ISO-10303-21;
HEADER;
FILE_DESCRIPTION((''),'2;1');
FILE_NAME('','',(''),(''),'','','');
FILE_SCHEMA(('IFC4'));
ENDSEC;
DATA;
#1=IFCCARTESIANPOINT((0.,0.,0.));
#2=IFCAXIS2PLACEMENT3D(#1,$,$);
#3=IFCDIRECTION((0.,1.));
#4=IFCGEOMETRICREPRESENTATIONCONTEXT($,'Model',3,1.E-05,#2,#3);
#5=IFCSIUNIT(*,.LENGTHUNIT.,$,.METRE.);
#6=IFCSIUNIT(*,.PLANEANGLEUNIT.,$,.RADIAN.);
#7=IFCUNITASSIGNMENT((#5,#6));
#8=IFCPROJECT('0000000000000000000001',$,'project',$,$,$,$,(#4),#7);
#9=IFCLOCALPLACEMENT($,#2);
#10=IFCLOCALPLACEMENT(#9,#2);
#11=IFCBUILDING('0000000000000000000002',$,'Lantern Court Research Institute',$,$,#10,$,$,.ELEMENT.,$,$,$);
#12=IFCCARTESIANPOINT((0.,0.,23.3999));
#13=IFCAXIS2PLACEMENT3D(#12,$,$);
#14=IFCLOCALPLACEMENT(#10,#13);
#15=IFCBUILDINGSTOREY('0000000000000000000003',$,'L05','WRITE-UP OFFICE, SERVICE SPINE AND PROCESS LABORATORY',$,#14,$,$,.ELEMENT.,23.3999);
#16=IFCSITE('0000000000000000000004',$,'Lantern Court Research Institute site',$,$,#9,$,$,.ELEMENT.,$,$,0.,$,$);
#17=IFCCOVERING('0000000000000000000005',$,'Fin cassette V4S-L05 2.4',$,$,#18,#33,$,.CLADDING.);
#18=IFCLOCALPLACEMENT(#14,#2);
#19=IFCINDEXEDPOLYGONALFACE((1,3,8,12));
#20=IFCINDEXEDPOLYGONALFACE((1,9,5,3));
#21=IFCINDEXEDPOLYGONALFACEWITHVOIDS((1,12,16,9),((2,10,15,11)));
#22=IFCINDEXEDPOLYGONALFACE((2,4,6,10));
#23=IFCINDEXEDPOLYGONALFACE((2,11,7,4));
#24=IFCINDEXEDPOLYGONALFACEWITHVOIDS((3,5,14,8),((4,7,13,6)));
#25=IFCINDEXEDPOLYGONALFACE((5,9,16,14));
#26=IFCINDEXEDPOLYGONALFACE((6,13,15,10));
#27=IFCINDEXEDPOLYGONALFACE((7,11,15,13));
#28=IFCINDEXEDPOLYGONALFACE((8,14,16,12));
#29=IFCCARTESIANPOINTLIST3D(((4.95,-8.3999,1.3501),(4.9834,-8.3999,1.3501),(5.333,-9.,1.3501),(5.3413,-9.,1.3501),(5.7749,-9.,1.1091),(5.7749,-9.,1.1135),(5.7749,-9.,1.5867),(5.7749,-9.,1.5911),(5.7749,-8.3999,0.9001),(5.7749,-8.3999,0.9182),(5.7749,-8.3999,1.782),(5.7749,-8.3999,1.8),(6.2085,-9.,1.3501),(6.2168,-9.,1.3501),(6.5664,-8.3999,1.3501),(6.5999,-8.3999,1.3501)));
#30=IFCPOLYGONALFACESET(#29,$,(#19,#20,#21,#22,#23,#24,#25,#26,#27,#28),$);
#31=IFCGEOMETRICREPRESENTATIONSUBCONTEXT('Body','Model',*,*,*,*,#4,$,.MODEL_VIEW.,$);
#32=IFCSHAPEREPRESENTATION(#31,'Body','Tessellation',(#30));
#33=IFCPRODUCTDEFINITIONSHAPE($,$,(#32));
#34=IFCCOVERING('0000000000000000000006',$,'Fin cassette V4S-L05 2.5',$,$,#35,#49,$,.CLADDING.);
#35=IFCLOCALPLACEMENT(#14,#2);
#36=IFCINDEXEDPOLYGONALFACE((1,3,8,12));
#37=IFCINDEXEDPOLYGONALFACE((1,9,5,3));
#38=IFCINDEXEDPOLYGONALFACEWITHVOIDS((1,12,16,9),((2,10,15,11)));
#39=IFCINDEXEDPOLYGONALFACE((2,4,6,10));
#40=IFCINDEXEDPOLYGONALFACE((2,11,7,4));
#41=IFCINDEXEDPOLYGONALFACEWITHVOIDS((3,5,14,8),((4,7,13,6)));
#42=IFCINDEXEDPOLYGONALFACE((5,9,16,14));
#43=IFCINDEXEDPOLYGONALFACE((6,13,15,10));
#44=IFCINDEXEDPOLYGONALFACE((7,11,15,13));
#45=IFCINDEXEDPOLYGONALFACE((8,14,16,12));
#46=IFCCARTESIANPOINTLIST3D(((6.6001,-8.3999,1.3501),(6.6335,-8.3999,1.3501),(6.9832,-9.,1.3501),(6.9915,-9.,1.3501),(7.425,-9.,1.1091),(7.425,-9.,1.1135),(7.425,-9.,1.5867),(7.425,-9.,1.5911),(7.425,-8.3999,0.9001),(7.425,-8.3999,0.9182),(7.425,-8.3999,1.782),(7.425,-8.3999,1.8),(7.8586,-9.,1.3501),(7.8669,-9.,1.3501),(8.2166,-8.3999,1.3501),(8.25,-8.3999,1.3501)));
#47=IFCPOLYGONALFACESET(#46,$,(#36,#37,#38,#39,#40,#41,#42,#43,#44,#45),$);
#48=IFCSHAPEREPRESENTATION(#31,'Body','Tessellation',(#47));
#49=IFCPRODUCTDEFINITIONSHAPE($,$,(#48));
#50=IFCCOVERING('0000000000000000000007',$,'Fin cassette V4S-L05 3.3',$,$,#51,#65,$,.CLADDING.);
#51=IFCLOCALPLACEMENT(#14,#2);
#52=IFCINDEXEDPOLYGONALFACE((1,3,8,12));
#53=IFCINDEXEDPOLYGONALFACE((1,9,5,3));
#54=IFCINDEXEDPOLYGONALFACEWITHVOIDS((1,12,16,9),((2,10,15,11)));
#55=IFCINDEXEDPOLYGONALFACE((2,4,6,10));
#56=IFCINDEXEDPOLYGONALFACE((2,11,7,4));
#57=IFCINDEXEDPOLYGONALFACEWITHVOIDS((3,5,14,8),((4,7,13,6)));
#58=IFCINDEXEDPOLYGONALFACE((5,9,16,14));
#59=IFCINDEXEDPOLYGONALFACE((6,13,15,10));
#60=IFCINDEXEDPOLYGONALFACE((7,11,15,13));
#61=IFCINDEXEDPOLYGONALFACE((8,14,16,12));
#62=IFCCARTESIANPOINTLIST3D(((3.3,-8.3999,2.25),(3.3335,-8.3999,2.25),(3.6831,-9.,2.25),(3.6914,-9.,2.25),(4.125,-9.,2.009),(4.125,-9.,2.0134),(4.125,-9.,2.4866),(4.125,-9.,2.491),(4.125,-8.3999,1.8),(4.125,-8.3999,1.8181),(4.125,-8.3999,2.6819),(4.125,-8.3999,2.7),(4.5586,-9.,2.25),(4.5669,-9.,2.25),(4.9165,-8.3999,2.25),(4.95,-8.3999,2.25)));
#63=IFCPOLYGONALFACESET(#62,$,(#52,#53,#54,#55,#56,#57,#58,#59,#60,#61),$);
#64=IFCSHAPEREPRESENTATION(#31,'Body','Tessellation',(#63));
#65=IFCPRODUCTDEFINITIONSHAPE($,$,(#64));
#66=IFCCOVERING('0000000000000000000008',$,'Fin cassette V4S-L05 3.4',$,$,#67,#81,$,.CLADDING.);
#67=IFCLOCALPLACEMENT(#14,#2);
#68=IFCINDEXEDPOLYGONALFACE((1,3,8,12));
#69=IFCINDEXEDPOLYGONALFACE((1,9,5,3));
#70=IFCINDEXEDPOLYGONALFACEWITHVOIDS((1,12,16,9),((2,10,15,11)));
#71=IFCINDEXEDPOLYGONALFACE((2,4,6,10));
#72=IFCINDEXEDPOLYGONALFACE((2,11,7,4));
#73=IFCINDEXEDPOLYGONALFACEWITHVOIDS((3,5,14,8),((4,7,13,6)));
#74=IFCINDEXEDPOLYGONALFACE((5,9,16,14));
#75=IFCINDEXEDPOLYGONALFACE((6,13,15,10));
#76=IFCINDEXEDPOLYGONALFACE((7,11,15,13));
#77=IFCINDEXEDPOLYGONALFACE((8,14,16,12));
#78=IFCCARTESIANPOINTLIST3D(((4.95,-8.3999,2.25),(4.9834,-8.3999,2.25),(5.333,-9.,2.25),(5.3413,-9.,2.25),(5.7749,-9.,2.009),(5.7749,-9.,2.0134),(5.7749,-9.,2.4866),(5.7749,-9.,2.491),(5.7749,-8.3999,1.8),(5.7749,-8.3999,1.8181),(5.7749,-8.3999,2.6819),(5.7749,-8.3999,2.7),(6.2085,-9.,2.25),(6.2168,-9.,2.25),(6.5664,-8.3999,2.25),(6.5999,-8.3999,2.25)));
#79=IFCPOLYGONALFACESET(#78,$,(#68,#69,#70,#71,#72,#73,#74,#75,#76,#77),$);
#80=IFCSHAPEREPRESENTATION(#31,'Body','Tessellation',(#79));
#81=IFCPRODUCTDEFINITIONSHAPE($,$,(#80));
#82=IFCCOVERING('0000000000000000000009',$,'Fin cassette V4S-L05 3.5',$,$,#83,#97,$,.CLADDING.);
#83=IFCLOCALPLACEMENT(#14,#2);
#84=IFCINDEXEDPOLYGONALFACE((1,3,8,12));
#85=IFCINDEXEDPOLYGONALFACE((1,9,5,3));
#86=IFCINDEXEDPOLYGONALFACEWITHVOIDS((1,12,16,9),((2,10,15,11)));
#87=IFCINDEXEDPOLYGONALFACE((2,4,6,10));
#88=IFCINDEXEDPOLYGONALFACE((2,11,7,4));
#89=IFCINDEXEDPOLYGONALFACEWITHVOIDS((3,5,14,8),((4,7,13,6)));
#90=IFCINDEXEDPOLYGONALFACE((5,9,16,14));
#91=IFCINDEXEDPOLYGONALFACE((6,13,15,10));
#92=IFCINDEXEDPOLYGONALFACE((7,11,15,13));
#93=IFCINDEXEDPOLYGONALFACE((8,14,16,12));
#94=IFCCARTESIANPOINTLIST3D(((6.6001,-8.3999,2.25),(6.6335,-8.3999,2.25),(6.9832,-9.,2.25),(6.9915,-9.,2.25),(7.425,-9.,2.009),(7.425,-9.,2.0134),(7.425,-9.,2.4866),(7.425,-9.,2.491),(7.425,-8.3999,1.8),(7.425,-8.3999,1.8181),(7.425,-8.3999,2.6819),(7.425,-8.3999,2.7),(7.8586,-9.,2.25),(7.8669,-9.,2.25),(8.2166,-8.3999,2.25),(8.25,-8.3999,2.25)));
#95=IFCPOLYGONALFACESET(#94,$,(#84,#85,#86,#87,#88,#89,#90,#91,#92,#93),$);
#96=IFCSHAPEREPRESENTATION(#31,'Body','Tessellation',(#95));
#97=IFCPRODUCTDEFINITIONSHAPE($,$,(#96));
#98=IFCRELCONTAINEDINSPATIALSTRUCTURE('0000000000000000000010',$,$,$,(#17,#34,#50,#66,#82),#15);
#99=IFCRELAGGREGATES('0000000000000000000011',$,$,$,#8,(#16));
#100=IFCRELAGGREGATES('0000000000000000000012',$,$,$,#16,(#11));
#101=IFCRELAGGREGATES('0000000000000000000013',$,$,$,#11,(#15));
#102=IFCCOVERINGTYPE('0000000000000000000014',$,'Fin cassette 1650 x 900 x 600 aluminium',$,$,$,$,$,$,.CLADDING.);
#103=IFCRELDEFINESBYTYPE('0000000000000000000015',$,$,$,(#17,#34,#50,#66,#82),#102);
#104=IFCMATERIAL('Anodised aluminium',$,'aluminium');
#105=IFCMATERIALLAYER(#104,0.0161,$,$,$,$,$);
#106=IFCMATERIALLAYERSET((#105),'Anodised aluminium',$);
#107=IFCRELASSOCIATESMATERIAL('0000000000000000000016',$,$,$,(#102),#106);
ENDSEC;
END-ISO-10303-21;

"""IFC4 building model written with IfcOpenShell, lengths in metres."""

from ifc_helpers import new_model, entity, si_unit, direction, frame, origin, place, context, subcontext, project, spatial, material, layer, layer_set, type_object, element, save


model = new_model("IFC4")

# Units and contexts
model_context = context("Model", 3, precision=1e-05, world=origin(), true_north=direction((0.0, 1.0)))
body_context = subcontext(model_context, "Body", "Model", "MODEL_VIEW")
ifc_project = project(units=[si_unit("LENGTHUNIT", "METRE"), si_unit("PLANEANGLEUNIT", "RADIAN")], contexts=[model_context])

# Site, building, storey
site_placement = place(None, origin())
site = spatial("IfcSite", under=ifc_project, at=site_placement, Name="Lantern Court Research Institute site", CompositionType="ELEMENT", RefElevation=0.0)
building_placement = place(site_placement, origin())
building = spatial("IfcBuilding", under=site, at=building_placement, Name="Lantern Court Research Institute", CompositionType="ELEMENT")
storey_placement = place(building_placement, frame((0.0, 0.0, 23.3999)))
storey = spatial("IfcBuildingStorey", under=building, at=storey_placement, Name="L05", Description="WRITE-UP OFFICE, SERVICE SPINE AND PROCESS LABORATORY", CompositionType="ELEMENT", Elevation=23.3999)

# Coverings
ifc_material_1 = material(Name="Anodised aluminium", Category="aluminium")
ifc_layer_1 = layer(ifc_material_1, 0.0161)
ifc_layer_set_1 = layer_set([ifc_layer_1], Name="Anodised aluminium")
covering_type = type_object("IfcCoveringType", Name="Fin cassette 1650 x 900 x 600 aluminium", PredefinedType="CLADDING", material=ifc_layer_set_1)
covering_1_placement = place(storey_placement, frame((5.7749, -8.3999, 1.3501), z_axis=(0.0, -1.0, 0.0), x_axis=(1.0, 0.0, 0.0)))
cartesian_point_1 = entity("IfcCartesianPoint", [0.825, 0.0])
cartesian_point_2 = entity("IfcCartesianPoint", [0.7915, 0.0])
cartesian_point_3 = entity("IfcCartesianPoint", [0.4419, 0.0])
cartesian_point_4 = entity("IfcCartesianPoint", [0.4336, 0.0])
element("IfcCovering", 1, at=covering_1_placement, inside=storey, type_object=covering_type, Name="Fin cassette V4S-L05 2.4", PredefinedType="CLADDING", context=body_context, shape_type="SweptSolid", body=[
    entity("IfcExtrudedAreaSolidTapered", entity("IfcArbitraryProfileDefWithVoids", "AREA", None, entity("IfcPolyline", [cartesian_point_1, entity("IfcCartesianPoint", [0.0, 0.45]), entity("IfcCartesianPoint", [-0.825, 0.0]), entity("IfcCartesianPoint", [0.0, -0.45]), cartesian_point_1]), [entity("IfcPolyline", [cartesian_point_2, entity("IfcCartesianPoint", [0.0, 0.4319]), entity("IfcCartesianPoint", [-0.7915, 0.0]), entity("IfcCartesianPoint", [0.0, -0.4319]), cartesian_point_2])]), entity("IfcAxis2Placement3D", entity("IfcCartesianPoint", [0.0, 0.0, 0.0])), entity("IfcDirection", [0.0, 0.0, 1.0]), 0.6001, entity("IfcArbitraryProfileDefWithVoids", "AREA", None, entity("IfcPolyline", [cartesian_point_3, entity("IfcCartesianPoint", [0.0, 0.241]), entity("IfcCartesianPoint", [-0.4419, 0.0]), entity("IfcCartesianPoint", [0.0, -0.241]), cartesian_point_3]), [entity("IfcPolyline", [cartesian_point_4, entity("IfcCartesianPoint", [0.0, 0.2366]), entity("IfcCartesianPoint", [-0.4336, 0.0]), entity("IfcCartesianPoint", [0.0, -0.2366]), cartesian_point_4])])),
])
covering_2_placement = place(storey_placement, frame((7.425, -8.3999, 1.3501), z_axis=(0.0, -1.0, 0.0), x_axis=(1.0, 0.0, 0.0)))
cartesian_point_5 = entity("IfcCartesianPoint", [0.825, 0.0])
cartesian_point_6 = entity("IfcCartesianPoint", [0.7915, 0.0])
cartesian_point_7 = entity("IfcCartesianPoint", [0.4419, 0.0])
cartesian_point_8 = entity("IfcCartesianPoint", [0.4336, 0.0])
element("IfcCovering", 2, at=covering_2_placement, inside=storey, type_object=covering_type, Name="Fin cassette V4S-L05 2.5", PredefinedType="CLADDING", context=body_context, shape_type="SweptSolid", body=[
    entity("IfcExtrudedAreaSolidTapered", entity("IfcArbitraryProfileDefWithVoids", "AREA", None, entity("IfcPolyline", [cartesian_point_5, entity("IfcCartesianPoint", [0.0, 0.45]), entity("IfcCartesianPoint", [-0.825, 0.0]), entity("IfcCartesianPoint", [0.0, -0.45]), cartesian_point_5]), [entity("IfcPolyline", [cartesian_point_6, entity("IfcCartesianPoint", [0.0, 0.4319]), entity("IfcCartesianPoint", [-0.7915, 0.0]), entity("IfcCartesianPoint", [0.0, -0.4319]), cartesian_point_6])]), entity("IfcAxis2Placement3D", entity("IfcCartesianPoint", [0.0, 0.0, 0.0])), entity("IfcDirection", [0.0, 0.0, 1.0]), 0.6001, entity("IfcArbitraryProfileDefWithVoids", "AREA", None, entity("IfcPolyline", [cartesian_point_7, entity("IfcCartesianPoint", [0.0, 0.241]), entity("IfcCartesianPoint", [-0.4419, 0.0]), entity("IfcCartesianPoint", [0.0, -0.241]), cartesian_point_7]), [entity("IfcPolyline", [cartesian_point_8, entity("IfcCartesianPoint", [0.0, 0.2366]), entity("IfcCartesianPoint", [-0.4336, 0.0]), entity("IfcCartesianPoint", [0.0, -0.2366]), cartesian_point_8])])),
])
covering_3_placement = place(storey_placement, frame((4.125, -8.3999, 2.25), z_axis=(0.0, -1.0, 0.0), x_axis=(1.0, 0.0, 0.0)))
cartesian_point_9 = entity("IfcCartesianPoint", [0.825, 0.0])
cartesian_point_10 = entity("IfcCartesianPoint", [0.7915, 0.0])
cartesian_point_11 = entity("IfcCartesianPoint", [0.4419, 0.0])
cartesian_point_12 = entity("IfcCartesianPoint", [0.4336, 0.0])
element("IfcCovering", 3, at=covering_3_placement, inside=storey, type_object=covering_type, Name="Fin cassette V4S-L05 3.3", PredefinedType="CLADDING", context=body_context, shape_type="SweptSolid", body=[
    entity("IfcExtrudedAreaSolidTapered", entity("IfcArbitraryProfileDefWithVoids", "AREA", None, entity("IfcPolyline", [cartesian_point_9, entity("IfcCartesianPoint", [0.0, 0.45]), entity("IfcCartesianPoint", [-0.825, 0.0]), entity("IfcCartesianPoint", [0.0, -0.45]), cartesian_point_9]), [entity("IfcPolyline", [cartesian_point_10, entity("IfcCartesianPoint", [0.0, 0.4319]), entity("IfcCartesianPoint", [-0.7915, 0.0]), entity("IfcCartesianPoint", [0.0, -0.4319]), cartesian_point_10])]), entity("IfcAxis2Placement3D", entity("IfcCartesianPoint", [0.0, 0.0, 0.0])), entity("IfcDirection", [0.0, 0.0, 1.0]), 0.6001, entity("IfcArbitraryProfileDefWithVoids", "AREA", None, entity("IfcPolyline", [cartesian_point_11, entity("IfcCartesianPoint", [0.0, 0.241]), entity("IfcCartesianPoint", [-0.4419, 0.0]), entity("IfcCartesianPoint", [0.0, -0.241]), cartesian_point_11]), [entity("IfcPolyline", [cartesian_point_12, entity("IfcCartesianPoint", [0.0, 0.2366]), entity("IfcCartesianPoint", [-0.4336, 0.0]), entity("IfcCartesianPoint", [0.0, -0.2366]), cartesian_point_12])])),
])
covering_4_placement = place(storey_placement, frame((5.7749, -8.3999, 2.25), z_axis=(0.0, -1.0, 0.0), x_axis=(1.0, 0.0, 0.0)))
cartesian_point_13 = entity("IfcCartesianPoint", [0.825, 0.0])
cartesian_point_14 = entity("IfcCartesianPoint", [0.7915, 0.0])
cartesian_point_15 = entity("IfcCartesianPoint", [0.4419, 0.0])
cartesian_point_16 = entity("IfcCartesianPoint", [0.4336, 0.0])
element("IfcCovering", 4, at=covering_4_placement, inside=storey, type_object=covering_type, Name="Fin cassette V4S-L05 3.4", PredefinedType="CLADDING", context=body_context, shape_type="SweptSolid", body=[
    entity("IfcExtrudedAreaSolidTapered", entity("IfcArbitraryProfileDefWithVoids", "AREA", None, entity("IfcPolyline", [cartesian_point_13, entity("IfcCartesianPoint", [0.0, 0.45]), entity("IfcCartesianPoint", [-0.825, 0.0]), entity("IfcCartesianPoint", [0.0, -0.45]), cartesian_point_13]), [entity("IfcPolyline", [cartesian_point_14, entity("IfcCartesianPoint", [0.0, 0.4319]), entity("IfcCartesianPoint", [-0.7915, 0.0]), entity("IfcCartesianPoint", [0.0, -0.4319]), cartesian_point_14])]), entity("IfcAxis2Placement3D", entity("IfcCartesianPoint", [0.0, 0.0, 0.0])), entity("IfcDirection", [0.0, 0.0, 1.0]), 0.6001, entity("IfcArbitraryProfileDefWithVoids", "AREA", None, entity("IfcPolyline", [cartesian_point_15, entity("IfcCartesianPoint", [0.0, 0.241]), entity("IfcCartesianPoint", [-0.4419, 0.0]), entity("IfcCartesianPoint", [0.0, -0.241]), cartesian_point_15]), [entity("IfcPolyline", [cartesian_point_16, entity("IfcCartesianPoint", [0.0, 0.2366]), entity("IfcCartesianPoint", [-0.4336, 0.0]), entity("IfcCartesianPoint", [0.0, -0.2366]), cartesian_point_16])])),
])
covering_5_placement = place(storey_placement, frame((7.425, -8.3999, 2.25), z_axis=(0.0, -1.0, 0.0), x_axis=(1.0, 0.0, 0.0)))
cartesian_point_17 = entity("IfcCartesianPoint", [0.825, 0.0])
cartesian_point_18 = entity("IfcCartesianPoint", [0.7915, 0.0])
cartesian_point_19 = entity("IfcCartesianPoint", [0.4419, 0.0])
cartesian_point_20 = entity("IfcCartesianPoint", [0.4336, 0.0])
element("IfcCovering", 5, at=covering_5_placement, inside=storey, type_object=covering_type, Name="Fin cassette V4S-L05 3.5", PredefinedType="CLADDING", context=body_context, shape_type="SweptSolid", body=[
    entity("IfcExtrudedAreaSolidTapered", entity("IfcArbitraryProfileDefWithVoids", "AREA", None, entity("IfcPolyline", [cartesian_point_17, entity("IfcCartesianPoint", [0.0, 0.45]), entity("IfcCartesianPoint", [-0.825, 0.0]), entity("IfcCartesianPoint", [0.0, -0.45]), cartesian_point_17]), [entity("IfcPolyline", [cartesian_point_18, entity("IfcCartesianPoint", [0.0, 0.4319]), entity("IfcCartesianPoint", [-0.7915, 0.0]), entity("IfcCartesianPoint", [0.0, -0.4319]), cartesian_point_18])]), entity("IfcAxis2Placement3D", entity("IfcCartesianPoint", [0.0, 0.0, 0.0])), entity("IfcDirection", [0.0, 0.0, 1.0]), 0.6001, entity("IfcArbitraryProfileDefWithVoids", "AREA", None, entity("IfcPolyline", [cartesian_point_19, entity("IfcCartesianPoint", [0.0, 0.241]), entity("IfcCartesianPoint", [-0.4419, 0.0]), entity("IfcCartesianPoint", [0.0, -0.241]), cartesian_point_19]), [entity("IfcPolyline", [cartesian_point_20, entity("IfcCartesianPoint", [0.0, 0.2366]), entity("IfcCartesianPoint", [-0.4336, 0.0]), entity("IfcCartesianPoint", [0.0, -0.2366]), cartesian_point_20])])),
])

save(model, "model.ifc")
